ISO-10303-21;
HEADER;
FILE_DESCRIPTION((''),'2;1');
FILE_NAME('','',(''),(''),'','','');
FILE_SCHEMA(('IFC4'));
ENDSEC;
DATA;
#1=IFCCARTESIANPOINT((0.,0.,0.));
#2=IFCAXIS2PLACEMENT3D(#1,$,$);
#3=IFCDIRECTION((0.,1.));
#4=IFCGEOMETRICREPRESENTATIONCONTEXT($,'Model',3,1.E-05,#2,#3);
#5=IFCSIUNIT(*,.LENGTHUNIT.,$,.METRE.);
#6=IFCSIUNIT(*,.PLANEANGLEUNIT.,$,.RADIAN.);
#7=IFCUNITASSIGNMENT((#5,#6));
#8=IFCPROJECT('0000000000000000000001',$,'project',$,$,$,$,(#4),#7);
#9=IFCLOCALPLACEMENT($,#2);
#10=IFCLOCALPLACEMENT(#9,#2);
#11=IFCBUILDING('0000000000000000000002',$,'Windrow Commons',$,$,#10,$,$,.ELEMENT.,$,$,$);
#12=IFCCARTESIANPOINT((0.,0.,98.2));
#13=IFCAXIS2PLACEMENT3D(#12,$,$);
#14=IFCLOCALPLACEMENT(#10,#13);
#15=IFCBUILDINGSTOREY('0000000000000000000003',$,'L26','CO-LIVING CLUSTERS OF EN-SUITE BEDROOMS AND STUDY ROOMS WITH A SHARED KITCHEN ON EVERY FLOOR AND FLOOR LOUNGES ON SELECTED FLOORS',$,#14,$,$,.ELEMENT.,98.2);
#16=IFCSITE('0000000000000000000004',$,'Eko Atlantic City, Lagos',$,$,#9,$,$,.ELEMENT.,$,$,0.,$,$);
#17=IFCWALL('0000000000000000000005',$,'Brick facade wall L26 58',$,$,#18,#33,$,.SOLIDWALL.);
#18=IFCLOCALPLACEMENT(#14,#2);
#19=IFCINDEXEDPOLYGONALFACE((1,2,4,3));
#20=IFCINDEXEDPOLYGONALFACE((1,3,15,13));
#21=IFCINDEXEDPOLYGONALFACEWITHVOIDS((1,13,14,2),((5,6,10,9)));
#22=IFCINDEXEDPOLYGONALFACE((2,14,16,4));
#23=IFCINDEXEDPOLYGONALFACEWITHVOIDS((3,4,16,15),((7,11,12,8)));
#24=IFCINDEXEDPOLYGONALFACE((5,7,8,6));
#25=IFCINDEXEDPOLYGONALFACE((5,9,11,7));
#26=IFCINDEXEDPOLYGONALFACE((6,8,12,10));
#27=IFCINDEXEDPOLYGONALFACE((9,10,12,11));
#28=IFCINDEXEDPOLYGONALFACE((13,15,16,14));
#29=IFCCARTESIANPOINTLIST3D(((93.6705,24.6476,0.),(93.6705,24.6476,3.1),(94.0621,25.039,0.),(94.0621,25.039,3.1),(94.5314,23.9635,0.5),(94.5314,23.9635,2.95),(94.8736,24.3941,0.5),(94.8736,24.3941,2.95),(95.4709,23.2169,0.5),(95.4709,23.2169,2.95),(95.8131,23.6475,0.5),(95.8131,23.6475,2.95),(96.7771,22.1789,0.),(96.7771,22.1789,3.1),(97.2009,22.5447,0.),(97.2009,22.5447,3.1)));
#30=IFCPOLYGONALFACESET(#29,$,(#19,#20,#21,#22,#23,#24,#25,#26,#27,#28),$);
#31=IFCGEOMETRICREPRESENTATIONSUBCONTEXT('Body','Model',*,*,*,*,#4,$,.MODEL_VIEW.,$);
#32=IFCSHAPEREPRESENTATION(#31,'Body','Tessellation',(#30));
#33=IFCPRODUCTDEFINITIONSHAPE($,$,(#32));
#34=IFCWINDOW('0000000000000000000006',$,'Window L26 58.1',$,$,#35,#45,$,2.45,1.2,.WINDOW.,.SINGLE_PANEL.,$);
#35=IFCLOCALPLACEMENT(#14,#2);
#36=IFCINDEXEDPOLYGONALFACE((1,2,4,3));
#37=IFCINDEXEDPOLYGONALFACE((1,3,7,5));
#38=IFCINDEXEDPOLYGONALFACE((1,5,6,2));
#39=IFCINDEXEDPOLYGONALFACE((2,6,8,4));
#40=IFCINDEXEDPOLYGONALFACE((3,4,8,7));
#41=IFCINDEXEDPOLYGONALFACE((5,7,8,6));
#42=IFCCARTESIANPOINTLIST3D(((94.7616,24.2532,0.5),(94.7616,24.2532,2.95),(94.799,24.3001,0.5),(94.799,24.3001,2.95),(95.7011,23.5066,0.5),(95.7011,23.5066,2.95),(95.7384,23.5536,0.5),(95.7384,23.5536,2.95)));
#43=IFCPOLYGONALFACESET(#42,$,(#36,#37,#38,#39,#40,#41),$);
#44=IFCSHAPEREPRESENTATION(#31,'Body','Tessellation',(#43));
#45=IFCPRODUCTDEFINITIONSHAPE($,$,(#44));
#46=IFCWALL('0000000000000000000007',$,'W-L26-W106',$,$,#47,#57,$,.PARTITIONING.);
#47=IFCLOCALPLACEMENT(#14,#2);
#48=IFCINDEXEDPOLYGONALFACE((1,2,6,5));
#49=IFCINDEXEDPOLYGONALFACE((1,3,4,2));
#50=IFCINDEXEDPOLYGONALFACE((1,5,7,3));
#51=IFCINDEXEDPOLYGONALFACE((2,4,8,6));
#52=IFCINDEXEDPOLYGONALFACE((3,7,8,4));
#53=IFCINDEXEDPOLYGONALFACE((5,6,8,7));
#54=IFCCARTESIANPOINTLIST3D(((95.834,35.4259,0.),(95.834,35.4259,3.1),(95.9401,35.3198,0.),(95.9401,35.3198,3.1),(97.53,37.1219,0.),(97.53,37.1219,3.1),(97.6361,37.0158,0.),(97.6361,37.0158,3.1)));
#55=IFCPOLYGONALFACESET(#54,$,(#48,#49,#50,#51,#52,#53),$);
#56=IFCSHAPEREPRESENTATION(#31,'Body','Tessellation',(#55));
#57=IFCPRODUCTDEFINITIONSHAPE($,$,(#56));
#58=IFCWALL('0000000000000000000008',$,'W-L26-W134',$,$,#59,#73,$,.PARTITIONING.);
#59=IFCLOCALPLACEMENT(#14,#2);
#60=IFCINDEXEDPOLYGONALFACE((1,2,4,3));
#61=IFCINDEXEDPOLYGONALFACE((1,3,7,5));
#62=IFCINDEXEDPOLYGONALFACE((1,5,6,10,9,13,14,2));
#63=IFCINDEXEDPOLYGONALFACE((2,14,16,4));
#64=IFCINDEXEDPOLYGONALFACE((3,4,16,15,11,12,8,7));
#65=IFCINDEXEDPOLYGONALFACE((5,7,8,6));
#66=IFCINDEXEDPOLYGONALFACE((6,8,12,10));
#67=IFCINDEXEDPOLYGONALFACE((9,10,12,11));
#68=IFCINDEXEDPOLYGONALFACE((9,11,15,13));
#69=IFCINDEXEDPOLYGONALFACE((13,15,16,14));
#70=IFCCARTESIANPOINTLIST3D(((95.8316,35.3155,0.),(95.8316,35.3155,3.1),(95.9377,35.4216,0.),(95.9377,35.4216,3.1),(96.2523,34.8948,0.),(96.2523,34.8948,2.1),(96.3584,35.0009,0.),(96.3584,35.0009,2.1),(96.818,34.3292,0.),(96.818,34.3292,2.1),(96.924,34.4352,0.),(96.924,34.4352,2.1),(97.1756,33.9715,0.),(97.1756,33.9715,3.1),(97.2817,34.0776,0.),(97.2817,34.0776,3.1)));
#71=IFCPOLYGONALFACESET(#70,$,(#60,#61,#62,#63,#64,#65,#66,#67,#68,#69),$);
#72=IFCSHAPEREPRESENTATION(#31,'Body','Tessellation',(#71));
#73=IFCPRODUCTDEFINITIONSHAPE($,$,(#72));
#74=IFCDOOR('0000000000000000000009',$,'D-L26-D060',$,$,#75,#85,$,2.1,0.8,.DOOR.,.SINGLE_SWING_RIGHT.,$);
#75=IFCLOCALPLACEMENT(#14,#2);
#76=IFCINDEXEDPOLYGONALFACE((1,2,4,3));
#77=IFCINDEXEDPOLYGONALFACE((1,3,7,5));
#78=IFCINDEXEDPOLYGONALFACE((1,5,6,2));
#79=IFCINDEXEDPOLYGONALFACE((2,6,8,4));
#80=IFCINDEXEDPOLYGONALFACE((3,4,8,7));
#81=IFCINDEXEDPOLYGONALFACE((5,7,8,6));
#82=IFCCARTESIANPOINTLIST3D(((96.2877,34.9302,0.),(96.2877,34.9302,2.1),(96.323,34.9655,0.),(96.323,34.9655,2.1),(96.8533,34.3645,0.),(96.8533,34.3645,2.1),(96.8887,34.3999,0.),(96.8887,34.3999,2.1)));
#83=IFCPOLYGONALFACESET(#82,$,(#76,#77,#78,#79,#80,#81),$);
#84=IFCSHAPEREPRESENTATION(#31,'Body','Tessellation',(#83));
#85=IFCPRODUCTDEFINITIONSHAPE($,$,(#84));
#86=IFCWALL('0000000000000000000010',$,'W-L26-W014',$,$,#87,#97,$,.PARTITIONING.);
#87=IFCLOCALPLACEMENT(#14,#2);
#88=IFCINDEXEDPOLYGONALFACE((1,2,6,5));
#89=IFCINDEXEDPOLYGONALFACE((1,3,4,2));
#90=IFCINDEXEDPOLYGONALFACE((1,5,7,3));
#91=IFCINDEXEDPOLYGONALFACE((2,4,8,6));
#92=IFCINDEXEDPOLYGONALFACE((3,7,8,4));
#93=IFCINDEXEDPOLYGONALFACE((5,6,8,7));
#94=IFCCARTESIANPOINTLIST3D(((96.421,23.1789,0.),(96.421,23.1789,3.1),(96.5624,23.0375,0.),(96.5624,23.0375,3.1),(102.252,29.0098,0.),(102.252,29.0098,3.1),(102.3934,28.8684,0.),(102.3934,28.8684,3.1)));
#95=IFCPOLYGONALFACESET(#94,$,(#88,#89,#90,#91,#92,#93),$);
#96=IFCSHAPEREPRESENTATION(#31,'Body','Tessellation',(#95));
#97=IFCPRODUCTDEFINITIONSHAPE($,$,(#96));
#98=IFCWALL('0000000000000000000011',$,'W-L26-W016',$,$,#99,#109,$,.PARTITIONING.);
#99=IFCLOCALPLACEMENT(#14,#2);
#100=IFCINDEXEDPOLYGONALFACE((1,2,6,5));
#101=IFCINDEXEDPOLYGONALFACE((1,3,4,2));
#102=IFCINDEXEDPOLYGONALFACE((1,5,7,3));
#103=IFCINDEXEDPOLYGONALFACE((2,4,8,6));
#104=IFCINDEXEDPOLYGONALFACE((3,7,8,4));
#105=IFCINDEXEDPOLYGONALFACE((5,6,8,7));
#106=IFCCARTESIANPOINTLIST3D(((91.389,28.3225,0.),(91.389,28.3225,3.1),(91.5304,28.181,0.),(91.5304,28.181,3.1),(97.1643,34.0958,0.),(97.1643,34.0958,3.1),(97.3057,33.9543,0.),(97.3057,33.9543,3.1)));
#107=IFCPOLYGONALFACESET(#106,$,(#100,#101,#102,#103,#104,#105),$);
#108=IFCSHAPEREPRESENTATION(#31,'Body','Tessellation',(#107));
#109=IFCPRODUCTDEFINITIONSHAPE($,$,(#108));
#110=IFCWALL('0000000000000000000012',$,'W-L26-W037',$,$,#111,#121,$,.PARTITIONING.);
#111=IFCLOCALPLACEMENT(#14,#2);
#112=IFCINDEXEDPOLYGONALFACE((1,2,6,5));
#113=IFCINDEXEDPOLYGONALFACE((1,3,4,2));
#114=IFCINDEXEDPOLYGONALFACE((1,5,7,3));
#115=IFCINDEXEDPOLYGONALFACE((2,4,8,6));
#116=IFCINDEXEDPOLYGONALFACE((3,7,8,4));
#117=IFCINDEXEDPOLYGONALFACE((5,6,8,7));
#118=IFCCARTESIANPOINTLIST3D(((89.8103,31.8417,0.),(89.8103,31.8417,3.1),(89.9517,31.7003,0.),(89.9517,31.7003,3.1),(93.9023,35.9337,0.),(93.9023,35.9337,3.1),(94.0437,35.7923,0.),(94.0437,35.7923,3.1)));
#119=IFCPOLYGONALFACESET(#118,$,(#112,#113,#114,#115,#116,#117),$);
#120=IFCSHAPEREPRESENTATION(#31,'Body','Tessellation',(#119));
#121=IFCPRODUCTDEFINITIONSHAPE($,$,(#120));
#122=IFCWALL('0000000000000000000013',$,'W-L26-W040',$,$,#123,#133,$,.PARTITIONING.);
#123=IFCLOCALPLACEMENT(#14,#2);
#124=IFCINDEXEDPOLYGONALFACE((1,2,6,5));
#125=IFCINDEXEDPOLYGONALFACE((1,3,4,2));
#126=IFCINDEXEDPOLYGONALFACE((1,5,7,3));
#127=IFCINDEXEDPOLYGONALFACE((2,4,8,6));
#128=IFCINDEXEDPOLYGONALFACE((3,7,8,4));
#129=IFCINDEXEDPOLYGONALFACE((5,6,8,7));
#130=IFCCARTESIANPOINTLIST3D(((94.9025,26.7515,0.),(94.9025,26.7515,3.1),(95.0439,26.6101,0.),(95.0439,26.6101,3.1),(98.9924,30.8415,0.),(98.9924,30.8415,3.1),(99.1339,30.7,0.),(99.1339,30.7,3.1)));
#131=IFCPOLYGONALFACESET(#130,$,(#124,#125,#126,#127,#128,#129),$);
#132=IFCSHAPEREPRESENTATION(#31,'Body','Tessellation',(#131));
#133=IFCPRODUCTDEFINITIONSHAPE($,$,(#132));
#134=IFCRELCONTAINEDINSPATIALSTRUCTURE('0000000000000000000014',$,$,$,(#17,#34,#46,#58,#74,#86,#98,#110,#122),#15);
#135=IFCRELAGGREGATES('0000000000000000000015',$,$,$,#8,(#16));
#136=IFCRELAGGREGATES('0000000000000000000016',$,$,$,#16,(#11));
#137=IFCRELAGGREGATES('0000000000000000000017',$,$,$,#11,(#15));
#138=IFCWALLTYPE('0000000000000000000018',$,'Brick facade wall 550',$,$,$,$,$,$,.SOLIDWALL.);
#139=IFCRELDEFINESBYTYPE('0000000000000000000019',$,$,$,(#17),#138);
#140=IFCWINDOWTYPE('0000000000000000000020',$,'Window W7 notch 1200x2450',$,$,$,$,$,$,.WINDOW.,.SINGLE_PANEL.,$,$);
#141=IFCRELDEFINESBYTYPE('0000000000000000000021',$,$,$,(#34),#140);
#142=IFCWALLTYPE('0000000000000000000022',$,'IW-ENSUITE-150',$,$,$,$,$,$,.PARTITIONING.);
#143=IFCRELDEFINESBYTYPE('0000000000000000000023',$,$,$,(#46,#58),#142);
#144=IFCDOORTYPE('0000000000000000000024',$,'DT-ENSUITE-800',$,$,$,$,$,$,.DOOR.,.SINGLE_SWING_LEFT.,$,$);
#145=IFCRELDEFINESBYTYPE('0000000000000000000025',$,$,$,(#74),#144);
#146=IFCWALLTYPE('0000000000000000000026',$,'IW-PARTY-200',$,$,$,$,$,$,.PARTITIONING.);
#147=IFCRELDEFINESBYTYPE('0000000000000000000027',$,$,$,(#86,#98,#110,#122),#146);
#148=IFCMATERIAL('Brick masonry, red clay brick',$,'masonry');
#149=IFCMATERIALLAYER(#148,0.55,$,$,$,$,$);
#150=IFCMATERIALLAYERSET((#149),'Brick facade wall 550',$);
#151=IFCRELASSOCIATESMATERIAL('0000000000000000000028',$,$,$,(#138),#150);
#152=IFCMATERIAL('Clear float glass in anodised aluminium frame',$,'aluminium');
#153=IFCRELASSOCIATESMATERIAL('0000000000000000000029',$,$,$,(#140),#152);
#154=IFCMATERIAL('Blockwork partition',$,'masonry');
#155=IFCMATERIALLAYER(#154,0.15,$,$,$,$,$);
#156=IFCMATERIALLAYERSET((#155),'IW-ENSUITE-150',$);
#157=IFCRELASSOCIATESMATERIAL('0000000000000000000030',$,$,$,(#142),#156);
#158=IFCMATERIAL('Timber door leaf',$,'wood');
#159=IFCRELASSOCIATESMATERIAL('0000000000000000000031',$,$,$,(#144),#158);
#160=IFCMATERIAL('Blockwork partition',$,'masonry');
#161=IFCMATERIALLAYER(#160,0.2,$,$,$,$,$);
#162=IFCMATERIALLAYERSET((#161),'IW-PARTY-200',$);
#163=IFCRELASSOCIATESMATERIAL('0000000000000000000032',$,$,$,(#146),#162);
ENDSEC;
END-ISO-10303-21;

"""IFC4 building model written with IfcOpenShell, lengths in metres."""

from ifc_helpers import new_model, si_unit, direction, frame, frame_2d, origin, place, context, subcontext, project, spatial, polyline, rectangle, outline, extrude, material, layer, layer_set, type_object, element, fill, save


model = new_model("IFC4")

# Units and contexts
model_context = context("Model", 3, precision=1e-05, world=origin(), true_north=direction((0.0, 1.0)))
body_context = subcontext(model_context, "Body", "Model", "MODEL_VIEW")
ifc_project = project(units=[si_unit("LENGTHUNIT", "METRE"), si_unit("PLANEANGLEUNIT", "RADIAN")], contexts=[model_context])

# Site, building, storey
site_placement = place(None, origin())
site = spatial("IfcSite", under=ifc_project, at=site_placement, Name="Eko Atlantic City, Lagos", CompositionType="ELEMENT", RefElevation=0.0)
building_placement = place(site_placement, origin())
building = spatial("IfcBuilding", under=site, at=building_placement, Name="Windrow Commons", CompositionType="ELEMENT")
storey_placement = place(building_placement, frame((0.0, 0.0, 98.2)))
storey = spatial("IfcBuildingStorey", under=building, at=storey_placement, Name="L26", Description="CO-LIVING CLUSTERS OF EN-SUITE BEDROOMS AND STUDY ROOMS WITH A SHARED KITCHEN ON EVERY FLOOR AND FLOOR LOUNGES ON SELECTED FLOORS", CompositionType="ELEMENT", Elevation=98.2)

# Shared definitions
ifc_material_1 = material(Name="Brick masonry, red clay brick", Category="masonry")
ifc_layer_1 = layer(ifc_material_1, 0.55)
ifc_layer_set_1 = layer_set([ifc_layer_1], Name="Brick facade wall 550")
wall_type_1 = type_object("IfcWallType", Name="Brick facade wall 550", PredefinedType="SOLIDWALL", material=ifc_layer_set_1)

# Wall, opening, window
wall_1_placement = place(storey_placement, frame((93.8663, 24.8433, 0.0), z_axis=(0.0, 0.0, 1.0), x_axis=(0.782902, -0.622145, 0.0)))
wall_1 = element("IfcWall", 1, at=wall_1_placement, inside=storey, type_object=wall_type_1, Name="Brick facade wall L26 58", PredefinedType="SOLIDWALL", context=body_context, shape_type="SweptSolid", body=[
    extrude(outline(polyline([(-0.0315, -0.275), (3.9365, -0.275), (4.0407, 0.275), (0.0315, 0.275), (-0.0315, -0.275)])), origin(), (0.0, 0.0, 1.0), 3.1),
])
opening_1_placement = place(wall_1_placement, frame((1.0681, 0.0, 0.5)))
opening_1 = element("IfcOpeningElement", 2, at=opening_1_placement, cuts=wall_1, PredefinedType="OPENING", context=body_context, shape_type="SweptSolid", body=[
    extrude(rectangle(XDim=1.2, YDim=2.45, at=frame_2d((0.6, 1.225))), frame((0.0, 0.285, 0.0), z_axis=(0.0, -1.0, 0.0), x_axis=(1.0, 0.0, 0.0)), (0.0, 0.0, 1.0), 0.57),
])
ifc_material_2 = material(Name="Clear float glass in anodised aluminium frame", Category="aluminium")
window_type_1 = type_object("IfcWindowType", Name="Window W7 notch 1200x2450", PartitioningType="SINGLE_PANEL", PredefinedType="WINDOW", material=ifc_material_2)
window_1_placement = place(opening_1_placement, origin())
window_1 = element("IfcWindow", 3, at=window_1_placement, inside=storey, type_object=window_type_1, Name="Window L26 58.1", OverallHeight=2.45, OverallWidth=1.2, PartitioningType="SINGLE_PANEL", PredefinedType="WINDOW", context=body_context, shape_type="SweptSolid", body=[
    extrude(rectangle(XDim=1.2, YDim=2.45, at=frame_2d((0.6, 1.225))), frame((0.0, 0.155, 0.0), z_axis=(0.0, -1.0, 0.0), x_axis=(1.0, 0.0, 0.0)), (0.0, 0.0, 1.0), 0.06),
])
fill(opening_1, window_1)

# Wall
ifc_material_3 = material(Name="Blockwork partition", Category="masonry")
ifc_layer_2 = layer(ifc_material_3, 0.15)
ifc_layer_set_2 = layer_set([ifc_layer_2], Name="IW-ENSUITE-150")
wall_type_2 = type_object("IfcWallType", Name="IW-ENSUITE-150", PredefinedType="PARTITIONING", material=ifc_layer_set_2)
wall_2_placement = place(storey_placement, frame((95.8871, 35.3729, 0.0), z_axis=(0.0, 0.0, 1.0), x_axis=(0.707107, 0.707107, 0.0)))
element("IfcWall", 4, at=wall_2_placement, inside=storey, type_object=wall_type_2, Name="W-L26-W106", PredefinedType="PARTITIONING", context=body_context, shape_type="SweptSolid", body=[
    extrude(rectangle(XDim=2.3985, YDim=0.15, at=frame_2d((1.1992, 0.0))), origin(), (0.0, 0.0, 1.0), 3.1),
])

# Wall, opening, door
wall_3_placement = place(storey_placement, frame((95.8846, 35.3686, 0.0), z_axis=(0.0, 0.0, 1.0), x_axis=(0.707107, -0.707107, 0.0)))
wall_3 = element("IfcWall", 5, at=wall_3_placement, inside=storey, type_object=wall_type_2, Name="W-L26-W134", PredefinedType="PARTITIONING", context=body_context, shape_type="SweptSolid", body=[
    extrude(rectangle(XDim=1.9007, YDim=0.15, at=frame_2d((0.9504, 0.0))), origin(), (0.0, 0.0, 1.0), 3.1),
])
opening_2_placement = place(wall_3_placement, frame((0.595, 0.0, 0.0)))
opening_2 = element("IfcOpeningElement", 6, at=opening_2_placement, cuts=wall_3, PredefinedType="OPENING", context=body_context, shape_type="SweptSolid", body=[
    extrude(rectangle(XDim=0.8, YDim=2.1, at=frame_2d((0.4, 1.05))), frame((0.0, 0.085, 0.0), z_axis=(0.0, -1.0, 0.0), x_axis=(1.0, 0.0, 0.0)), (0.0, 0.0, 1.0), 0.17),
])
ifc_material_4 = material(Name="Timber door leaf", Category="wood")
door_type = type_object("IfcDoorType", Name="DT-ENSUITE-800", OperationType="SINGLE_SWING_LEFT", PredefinedType="DOOR", material=ifc_material_4)
door_placement = place(opening_2_placement, origin())
door = element("IfcDoor", 7, at=door_placement, inside=storey, type_object=door_type, Name="D-L26-D060", OperationType="SINGLE_SWING_RIGHT", OverallHeight=2.1, OverallWidth=0.8, PredefinedType="DOOR", context=body_context, shape_type="SweptSolid", body=[
    extrude(rectangle(XDim=0.8, YDim=2.1, at=frame_2d((0.4, 1.05))), frame((0.0, 0.025, 0.0), z_axis=(0.0, -1.0, 0.0), x_axis=(1.0, 0.0, 0.0)), (0.0, 0.0, 1.0), 0.05),
])
fill(opening_2, door)

# Walls
ifc_material_5 = material(Name="Blockwork partition", Category="masonry")
ifc_layer_3 = layer(ifc_material_5, 0.2)
ifc_layer_set_3 = layer_set([ifc_layer_3], Name="IW-PARTY-200")
wall_type_3 = type_object("IfcWallType", Name="IW-PARTY-200", PredefinedType="PARTITIONING", material=ifc_layer_set_3)
wall_4_placement = place(storey_placement, frame((96.4917, 23.1082, 0.0), z_axis=(0.0, 0.0, 1.0), x_axis=(0.707113, 0.707101, 0.0)))
element("IfcWall", 8, at=wall_4_placement, inside=storey, type_object=wall_type_3, Name="W-L26-W014", PredefinedType="PARTITIONING", context=body_context, shape_type="SweptSolid", body=[
    extrude(rectangle(XDim=8.2463, YDim=0.2, at=frame_2d((4.1231, 0.0))), origin(), (0.0, 0.0, 1.0), 3.1),
])
wall_5_placement = place(storey_placement, frame((91.4597, 28.2517, 0.0), z_axis=(0.0, 0.0, 1.0), x_axis=(0.707229, 0.706984, 0.0)))
element("IfcWall", 9, at=wall_5_placement, inside=storey, type_object=wall_type_3, Name="W-L26-W016", PredefinedType="PARTITIONING", context=body_context, shape_type="SweptSolid", body=[
    extrude(rectangle(XDim=8.1661, YDim=0.2, at=frame_2d((4.0831, 0.0))), origin(), (0.0, 0.0, 1.0), 3.1),
])
wall_6_placement = place(storey_placement, frame((89.881, 31.771, 0.0), z_axis=(0.0, 0.0, 1.0), x_axis=(0.707107, 0.707107, 0.0)))
element("IfcWall", 10, at=wall_6_placement, inside=storey, type_object=wall_type_3, Name="W-L26-W037", PredefinedType="PARTITIONING", context=body_context, shape_type="SweptSolid", body=[
    extrude(rectangle(XDim=5.787, YDim=0.2, at=frame_2d((2.8935, 0.0))), origin(), (0.0, 0.0, 1.0), 3.1),
])
wall_7_placement = place(storey_placement, frame((94.9732, 26.6808, 0.0), z_axis=(0.0, 0.0, 1.0), x_axis=(0.707107, 0.707107, 0.0)))
element("IfcWall", 11, at=wall_7_placement, inside=storey, type_object=wall_type_3, Name="W-L26-W040", PredefinedType="PARTITIONING", context=body_context, shape_type="SweptSolid", body=[
    extrude(rectangle(XDim=5.7841, YDim=0.2, at=frame_2d((2.892, 0.0))), origin(), (0.0, 0.0, 1.0), 3.1),
])

save(model, "model.ifc")
